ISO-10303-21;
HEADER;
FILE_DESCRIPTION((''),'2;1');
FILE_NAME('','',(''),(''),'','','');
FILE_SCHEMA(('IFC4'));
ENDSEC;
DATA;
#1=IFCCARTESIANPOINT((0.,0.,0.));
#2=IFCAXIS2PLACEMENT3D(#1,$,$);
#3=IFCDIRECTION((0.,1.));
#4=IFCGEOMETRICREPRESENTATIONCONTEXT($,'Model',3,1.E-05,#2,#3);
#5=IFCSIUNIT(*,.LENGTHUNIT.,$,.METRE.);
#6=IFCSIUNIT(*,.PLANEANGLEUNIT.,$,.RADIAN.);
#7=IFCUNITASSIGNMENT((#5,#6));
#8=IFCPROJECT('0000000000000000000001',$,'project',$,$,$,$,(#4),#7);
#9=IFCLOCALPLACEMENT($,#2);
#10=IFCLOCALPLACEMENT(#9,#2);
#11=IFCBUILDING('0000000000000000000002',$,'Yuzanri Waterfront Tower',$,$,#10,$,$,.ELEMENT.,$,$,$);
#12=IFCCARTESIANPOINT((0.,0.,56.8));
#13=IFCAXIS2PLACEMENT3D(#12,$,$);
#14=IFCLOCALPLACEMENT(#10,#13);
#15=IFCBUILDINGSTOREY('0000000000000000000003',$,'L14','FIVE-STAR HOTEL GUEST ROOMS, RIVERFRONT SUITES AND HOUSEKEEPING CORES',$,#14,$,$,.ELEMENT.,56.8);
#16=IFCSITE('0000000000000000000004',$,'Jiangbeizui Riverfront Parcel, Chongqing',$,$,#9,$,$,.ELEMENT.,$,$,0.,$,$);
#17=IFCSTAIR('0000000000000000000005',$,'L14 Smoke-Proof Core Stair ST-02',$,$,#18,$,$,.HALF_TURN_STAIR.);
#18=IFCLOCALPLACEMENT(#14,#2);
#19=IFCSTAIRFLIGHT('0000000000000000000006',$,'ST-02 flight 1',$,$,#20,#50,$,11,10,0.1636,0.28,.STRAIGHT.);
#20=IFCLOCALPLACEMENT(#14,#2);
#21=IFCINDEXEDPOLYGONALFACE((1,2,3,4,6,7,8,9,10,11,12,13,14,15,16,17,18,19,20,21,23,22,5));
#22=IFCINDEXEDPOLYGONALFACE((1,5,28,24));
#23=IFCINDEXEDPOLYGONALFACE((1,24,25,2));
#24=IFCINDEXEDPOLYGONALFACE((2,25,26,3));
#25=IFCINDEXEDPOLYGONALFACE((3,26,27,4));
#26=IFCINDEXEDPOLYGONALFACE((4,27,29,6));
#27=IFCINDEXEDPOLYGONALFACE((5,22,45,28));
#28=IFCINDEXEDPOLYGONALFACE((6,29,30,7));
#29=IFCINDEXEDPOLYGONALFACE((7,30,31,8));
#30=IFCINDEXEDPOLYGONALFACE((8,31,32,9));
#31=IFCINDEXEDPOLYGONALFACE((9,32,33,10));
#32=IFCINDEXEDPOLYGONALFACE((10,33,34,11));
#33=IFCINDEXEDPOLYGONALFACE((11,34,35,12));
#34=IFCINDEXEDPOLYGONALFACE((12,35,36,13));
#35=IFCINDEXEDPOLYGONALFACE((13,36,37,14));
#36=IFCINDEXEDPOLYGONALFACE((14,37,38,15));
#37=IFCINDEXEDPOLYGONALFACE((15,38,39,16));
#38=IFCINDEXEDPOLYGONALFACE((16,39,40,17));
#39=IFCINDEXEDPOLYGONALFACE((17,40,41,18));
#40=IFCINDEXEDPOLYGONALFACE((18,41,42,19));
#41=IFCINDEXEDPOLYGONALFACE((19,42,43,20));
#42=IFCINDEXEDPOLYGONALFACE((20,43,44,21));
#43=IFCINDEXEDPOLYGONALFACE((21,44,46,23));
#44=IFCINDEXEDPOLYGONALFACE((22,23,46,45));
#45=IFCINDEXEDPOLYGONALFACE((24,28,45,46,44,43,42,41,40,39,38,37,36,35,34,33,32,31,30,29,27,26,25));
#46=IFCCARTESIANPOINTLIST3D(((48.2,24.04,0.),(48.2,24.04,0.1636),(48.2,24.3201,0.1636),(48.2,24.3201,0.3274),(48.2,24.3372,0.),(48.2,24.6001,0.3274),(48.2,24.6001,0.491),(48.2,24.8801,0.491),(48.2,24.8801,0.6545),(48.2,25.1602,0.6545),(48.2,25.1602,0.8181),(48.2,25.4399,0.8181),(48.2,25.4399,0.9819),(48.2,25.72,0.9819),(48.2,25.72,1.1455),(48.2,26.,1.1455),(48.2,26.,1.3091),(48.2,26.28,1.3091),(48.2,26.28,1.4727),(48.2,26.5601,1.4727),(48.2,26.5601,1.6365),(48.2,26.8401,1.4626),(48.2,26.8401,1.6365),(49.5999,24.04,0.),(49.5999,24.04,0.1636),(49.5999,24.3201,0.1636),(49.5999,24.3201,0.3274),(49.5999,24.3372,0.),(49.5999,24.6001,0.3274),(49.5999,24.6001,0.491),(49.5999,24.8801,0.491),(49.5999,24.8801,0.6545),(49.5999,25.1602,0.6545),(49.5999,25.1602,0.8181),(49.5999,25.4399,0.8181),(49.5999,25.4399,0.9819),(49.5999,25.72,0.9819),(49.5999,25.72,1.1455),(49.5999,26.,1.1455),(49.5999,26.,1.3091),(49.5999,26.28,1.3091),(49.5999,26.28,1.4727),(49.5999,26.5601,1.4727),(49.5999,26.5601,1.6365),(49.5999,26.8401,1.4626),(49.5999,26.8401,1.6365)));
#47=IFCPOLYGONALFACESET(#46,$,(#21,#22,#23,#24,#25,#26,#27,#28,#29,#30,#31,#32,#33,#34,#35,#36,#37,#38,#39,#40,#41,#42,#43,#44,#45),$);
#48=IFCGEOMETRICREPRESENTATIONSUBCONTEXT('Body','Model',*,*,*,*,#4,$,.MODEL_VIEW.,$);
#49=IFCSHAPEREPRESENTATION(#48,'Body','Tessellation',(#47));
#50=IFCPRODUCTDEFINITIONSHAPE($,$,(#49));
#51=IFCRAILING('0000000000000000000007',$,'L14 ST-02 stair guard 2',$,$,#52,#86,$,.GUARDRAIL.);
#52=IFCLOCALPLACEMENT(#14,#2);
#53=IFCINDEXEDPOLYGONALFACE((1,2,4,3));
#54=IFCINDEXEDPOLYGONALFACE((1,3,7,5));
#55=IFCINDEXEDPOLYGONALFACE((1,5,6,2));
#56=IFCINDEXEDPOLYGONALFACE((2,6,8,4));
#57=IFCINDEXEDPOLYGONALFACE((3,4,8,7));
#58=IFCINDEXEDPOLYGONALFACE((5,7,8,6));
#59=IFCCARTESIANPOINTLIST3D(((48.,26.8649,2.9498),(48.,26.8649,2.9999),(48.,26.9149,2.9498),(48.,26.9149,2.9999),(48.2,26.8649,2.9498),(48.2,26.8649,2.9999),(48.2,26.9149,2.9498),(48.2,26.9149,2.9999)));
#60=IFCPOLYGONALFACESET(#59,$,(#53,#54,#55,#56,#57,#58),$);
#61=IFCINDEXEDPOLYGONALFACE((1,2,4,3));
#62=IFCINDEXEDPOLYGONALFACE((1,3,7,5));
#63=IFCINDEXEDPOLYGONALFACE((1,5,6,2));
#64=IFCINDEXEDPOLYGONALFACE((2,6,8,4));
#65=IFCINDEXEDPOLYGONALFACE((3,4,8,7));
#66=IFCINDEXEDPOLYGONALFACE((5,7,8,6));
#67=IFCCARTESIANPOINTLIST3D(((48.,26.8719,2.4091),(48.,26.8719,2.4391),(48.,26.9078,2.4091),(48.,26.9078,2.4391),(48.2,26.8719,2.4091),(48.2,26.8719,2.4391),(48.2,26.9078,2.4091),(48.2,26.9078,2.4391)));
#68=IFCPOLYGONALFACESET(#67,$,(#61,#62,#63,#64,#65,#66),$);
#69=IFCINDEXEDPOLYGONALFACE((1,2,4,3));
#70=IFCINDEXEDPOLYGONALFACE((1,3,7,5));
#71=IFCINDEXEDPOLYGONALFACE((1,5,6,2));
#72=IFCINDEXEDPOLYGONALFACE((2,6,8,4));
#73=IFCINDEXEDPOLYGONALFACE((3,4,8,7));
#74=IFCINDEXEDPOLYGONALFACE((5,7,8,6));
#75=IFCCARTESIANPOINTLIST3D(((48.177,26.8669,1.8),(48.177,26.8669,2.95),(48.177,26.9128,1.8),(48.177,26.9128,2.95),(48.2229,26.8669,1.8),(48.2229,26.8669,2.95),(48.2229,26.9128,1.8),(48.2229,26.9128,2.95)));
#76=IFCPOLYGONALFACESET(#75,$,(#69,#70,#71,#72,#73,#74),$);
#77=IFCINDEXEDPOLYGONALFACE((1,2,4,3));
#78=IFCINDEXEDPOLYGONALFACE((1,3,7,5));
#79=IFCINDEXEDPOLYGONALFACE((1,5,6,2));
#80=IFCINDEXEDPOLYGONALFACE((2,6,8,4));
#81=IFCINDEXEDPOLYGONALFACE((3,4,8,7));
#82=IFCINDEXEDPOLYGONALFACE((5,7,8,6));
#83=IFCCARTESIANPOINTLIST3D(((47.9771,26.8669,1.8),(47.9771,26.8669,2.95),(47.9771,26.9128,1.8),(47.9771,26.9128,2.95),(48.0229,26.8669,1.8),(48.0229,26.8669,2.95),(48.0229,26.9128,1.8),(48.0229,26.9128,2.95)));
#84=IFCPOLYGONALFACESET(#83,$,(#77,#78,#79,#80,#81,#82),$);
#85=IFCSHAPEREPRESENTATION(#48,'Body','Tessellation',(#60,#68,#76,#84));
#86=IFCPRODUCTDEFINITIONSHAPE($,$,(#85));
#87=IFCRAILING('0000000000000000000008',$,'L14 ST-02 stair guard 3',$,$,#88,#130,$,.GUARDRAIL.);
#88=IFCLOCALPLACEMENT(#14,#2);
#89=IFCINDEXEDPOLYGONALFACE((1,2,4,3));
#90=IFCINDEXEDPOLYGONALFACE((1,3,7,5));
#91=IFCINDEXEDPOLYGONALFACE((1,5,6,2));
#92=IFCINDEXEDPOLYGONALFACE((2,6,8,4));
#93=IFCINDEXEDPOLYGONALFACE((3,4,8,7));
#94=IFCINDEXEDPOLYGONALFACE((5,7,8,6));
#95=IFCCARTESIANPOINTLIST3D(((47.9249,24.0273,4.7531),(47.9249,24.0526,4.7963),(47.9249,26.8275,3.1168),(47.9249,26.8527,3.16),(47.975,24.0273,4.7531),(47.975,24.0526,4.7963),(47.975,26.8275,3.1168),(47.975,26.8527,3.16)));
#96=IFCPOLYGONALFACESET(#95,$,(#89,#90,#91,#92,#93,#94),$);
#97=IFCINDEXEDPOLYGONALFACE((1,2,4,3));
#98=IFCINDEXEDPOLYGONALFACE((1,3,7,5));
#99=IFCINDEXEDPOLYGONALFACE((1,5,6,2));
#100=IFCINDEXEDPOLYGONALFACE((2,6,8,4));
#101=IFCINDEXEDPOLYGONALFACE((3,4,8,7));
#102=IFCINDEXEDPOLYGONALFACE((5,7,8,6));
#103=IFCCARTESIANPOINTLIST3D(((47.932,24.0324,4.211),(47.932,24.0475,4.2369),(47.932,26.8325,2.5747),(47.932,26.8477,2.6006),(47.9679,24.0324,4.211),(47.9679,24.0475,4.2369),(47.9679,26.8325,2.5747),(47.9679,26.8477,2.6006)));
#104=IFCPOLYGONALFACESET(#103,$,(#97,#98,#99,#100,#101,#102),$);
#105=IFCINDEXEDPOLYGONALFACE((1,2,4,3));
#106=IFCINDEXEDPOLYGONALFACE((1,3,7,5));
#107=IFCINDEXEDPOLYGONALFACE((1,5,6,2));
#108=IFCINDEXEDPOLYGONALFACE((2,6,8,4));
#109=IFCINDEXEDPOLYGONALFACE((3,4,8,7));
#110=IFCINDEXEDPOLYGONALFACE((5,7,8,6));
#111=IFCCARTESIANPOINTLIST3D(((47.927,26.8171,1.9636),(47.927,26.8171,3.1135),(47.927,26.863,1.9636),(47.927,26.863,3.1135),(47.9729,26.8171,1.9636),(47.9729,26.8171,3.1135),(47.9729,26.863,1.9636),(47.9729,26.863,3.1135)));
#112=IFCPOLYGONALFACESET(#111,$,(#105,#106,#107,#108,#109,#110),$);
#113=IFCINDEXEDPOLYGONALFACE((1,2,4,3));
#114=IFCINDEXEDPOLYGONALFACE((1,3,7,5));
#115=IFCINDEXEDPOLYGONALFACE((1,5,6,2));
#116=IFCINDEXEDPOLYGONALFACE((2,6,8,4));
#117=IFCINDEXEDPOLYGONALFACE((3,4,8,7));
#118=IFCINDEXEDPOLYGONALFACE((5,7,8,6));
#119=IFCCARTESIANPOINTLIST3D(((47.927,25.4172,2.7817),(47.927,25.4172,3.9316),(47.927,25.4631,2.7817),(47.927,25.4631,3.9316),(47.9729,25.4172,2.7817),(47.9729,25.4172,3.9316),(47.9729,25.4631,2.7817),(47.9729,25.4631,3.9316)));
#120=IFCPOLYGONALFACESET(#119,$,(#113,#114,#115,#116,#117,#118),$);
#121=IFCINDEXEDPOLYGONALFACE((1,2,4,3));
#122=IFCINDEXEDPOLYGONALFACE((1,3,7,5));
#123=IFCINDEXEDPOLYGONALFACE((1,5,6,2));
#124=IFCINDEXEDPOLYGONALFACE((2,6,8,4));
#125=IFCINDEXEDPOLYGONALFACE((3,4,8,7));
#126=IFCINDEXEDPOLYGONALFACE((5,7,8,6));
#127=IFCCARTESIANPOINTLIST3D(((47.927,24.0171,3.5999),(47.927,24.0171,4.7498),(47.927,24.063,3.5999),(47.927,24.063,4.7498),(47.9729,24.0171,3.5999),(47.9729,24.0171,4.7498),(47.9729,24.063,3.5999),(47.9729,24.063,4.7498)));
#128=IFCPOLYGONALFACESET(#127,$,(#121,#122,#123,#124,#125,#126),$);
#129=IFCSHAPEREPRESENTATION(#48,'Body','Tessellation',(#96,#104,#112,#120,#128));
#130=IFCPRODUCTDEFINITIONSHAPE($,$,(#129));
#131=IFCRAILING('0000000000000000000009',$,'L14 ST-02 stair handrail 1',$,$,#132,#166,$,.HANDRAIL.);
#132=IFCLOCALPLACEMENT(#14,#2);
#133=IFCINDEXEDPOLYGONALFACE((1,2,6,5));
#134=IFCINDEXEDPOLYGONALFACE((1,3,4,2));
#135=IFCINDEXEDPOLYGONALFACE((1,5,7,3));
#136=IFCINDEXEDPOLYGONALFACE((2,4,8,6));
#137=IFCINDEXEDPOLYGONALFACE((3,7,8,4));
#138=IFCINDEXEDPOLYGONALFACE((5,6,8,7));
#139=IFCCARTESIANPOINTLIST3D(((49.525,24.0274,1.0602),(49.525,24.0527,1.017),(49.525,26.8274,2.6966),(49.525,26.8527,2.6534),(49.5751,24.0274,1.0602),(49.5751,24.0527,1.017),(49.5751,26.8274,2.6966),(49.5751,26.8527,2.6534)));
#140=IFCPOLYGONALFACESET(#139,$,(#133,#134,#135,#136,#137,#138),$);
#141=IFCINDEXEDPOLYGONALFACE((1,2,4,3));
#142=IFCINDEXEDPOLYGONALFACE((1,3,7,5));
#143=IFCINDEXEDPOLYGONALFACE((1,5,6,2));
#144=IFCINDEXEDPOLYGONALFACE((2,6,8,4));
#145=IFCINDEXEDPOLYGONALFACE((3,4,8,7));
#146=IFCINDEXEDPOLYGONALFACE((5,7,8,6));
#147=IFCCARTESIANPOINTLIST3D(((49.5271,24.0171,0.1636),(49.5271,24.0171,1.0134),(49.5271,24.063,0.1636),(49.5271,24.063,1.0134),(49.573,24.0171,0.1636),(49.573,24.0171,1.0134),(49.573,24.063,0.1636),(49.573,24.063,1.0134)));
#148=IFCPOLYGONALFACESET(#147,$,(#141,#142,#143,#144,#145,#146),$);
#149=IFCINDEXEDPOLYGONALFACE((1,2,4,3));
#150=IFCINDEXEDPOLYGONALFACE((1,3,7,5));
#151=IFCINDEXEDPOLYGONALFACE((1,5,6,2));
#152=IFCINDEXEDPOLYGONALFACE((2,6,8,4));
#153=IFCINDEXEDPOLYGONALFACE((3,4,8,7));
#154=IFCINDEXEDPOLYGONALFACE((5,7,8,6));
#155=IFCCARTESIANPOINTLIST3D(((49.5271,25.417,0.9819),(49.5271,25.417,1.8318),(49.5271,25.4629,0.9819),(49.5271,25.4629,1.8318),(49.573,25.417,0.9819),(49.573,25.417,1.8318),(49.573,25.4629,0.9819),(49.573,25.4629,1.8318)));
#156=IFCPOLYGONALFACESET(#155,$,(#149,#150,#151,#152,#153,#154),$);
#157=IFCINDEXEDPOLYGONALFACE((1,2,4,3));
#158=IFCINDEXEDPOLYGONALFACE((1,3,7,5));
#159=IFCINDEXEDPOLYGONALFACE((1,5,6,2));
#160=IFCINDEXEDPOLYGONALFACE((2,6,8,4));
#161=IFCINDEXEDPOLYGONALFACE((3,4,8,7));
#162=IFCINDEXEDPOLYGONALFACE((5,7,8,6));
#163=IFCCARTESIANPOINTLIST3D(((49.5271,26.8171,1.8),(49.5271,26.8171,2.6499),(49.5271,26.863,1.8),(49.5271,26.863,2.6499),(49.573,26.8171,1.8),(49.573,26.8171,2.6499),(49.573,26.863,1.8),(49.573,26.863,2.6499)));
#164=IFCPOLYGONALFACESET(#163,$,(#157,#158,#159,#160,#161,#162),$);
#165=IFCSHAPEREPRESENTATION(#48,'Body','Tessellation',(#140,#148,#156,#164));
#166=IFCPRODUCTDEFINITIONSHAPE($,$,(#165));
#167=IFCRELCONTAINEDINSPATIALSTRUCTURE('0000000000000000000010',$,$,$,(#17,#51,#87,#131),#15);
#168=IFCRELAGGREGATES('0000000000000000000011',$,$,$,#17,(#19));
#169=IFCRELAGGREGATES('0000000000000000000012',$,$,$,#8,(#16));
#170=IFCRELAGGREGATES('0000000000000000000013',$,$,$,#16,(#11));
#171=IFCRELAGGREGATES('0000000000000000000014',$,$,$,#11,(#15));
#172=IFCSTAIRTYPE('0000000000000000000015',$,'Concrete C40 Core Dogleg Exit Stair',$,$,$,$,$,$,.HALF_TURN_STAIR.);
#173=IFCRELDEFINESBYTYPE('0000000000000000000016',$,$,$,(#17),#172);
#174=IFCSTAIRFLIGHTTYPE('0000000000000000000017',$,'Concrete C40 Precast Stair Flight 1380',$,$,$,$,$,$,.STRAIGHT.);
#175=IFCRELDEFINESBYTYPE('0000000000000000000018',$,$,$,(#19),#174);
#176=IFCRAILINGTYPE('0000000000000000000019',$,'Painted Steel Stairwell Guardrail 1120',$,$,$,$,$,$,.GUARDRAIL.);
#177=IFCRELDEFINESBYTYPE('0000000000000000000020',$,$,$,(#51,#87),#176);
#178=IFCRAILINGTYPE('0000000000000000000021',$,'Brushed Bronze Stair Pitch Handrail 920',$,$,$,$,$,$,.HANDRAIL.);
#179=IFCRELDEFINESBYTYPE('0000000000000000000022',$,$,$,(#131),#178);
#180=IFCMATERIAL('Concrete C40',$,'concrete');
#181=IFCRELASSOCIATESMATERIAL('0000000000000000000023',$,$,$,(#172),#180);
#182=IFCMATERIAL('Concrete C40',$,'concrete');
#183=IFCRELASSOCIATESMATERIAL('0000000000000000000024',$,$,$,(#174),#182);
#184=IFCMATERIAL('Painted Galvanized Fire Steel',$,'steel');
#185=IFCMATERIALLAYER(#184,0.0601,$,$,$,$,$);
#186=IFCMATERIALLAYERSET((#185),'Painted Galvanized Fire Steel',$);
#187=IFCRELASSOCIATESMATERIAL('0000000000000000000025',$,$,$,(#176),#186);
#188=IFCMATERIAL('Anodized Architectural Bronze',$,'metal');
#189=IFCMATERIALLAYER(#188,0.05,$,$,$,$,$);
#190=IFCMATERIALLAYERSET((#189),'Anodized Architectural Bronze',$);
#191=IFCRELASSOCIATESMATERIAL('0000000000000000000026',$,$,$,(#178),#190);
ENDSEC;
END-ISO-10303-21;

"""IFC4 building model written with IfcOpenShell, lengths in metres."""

from ifc_helpers import new_model, si_unit, direction, frame, origin, origin_2d, place, context, subcontext, project, spatial, polyline, rectangle, outline, extrude, source, transform, mapped, material, layer, layer_set, type_object, element, aggregate, save


model = new_model("IFC4")

# Units and contexts
model_context = context("Model", 3, precision=1e-05, world=origin(), true_north=direction((0.0, 1.0)))
body_context = subcontext(model_context, "Body", "Model", "MODEL_VIEW")
ifc_project = project(units=[si_unit("LENGTHUNIT", "METRE"), si_unit("PLANEANGLEUNIT", "RADIAN")], contexts=[model_context])

# Site, building, storey
site_placement = place(None, origin())
site = spatial("IfcSite", under=ifc_project, at=site_placement, Name="Jiangbeizui Riverfront Parcel, Chongqing", CompositionType="ELEMENT", RefElevation=0.0)
building_placement = place(site_placement, origin())
building = spatial("IfcBuilding", under=site, at=building_placement, Name="Yuzanri Waterfront Tower", CompositionType="ELEMENT")
storey_placement = place(building_placement, frame((0.0, 0.0, 56.8)))
storey = spatial("IfcBuildingStorey", under=building, at=storey_placement, Name="L14", Description="FIVE-STAR HOTEL GUEST ROOMS, RIVERFRONT SUITES AND HOUSEKEEPING CORES", CompositionType="ELEMENT", Elevation=56.8)

# Stair, stair flight
ifc_material_1 = material(Name="Concrete C40", Category="concrete")
stair_type = type_object("IfcStairType", Name="Concrete C40 Core Dogleg Exit Stair", PredefinedType="HALF_TURN_STAIR", material=ifc_material_1)
stair_placement = place(storey_placement, origin())
stair = element("IfcStair", 1, at=stair_placement, inside=storey, type_object=stair_type, Name="L14 Smoke-Proof Core Stair ST-02", PredefinedType="HALF_TURN_STAIR")
ifc_material_2 = material(Name="Concrete C40", Category="concrete")
stair_flight_type = type_object("IfcStairFlightType", Name="Concrete C40 Precast Stair Flight 1380", PredefinedType="STRAIGHT", material=ifc_material_2)
shared_shape_1 = source(origin(), body_context, "Body", "SweptSolid", [
    extrude(outline(polyline([(0.0, 0.0), (0.0, 0.1636), (0.28, 0.1636), (0.28, 0.3274), (0.5601, 0.3274), (0.5601, 0.491), (0.8401, 0.491), (0.8401, 0.6545), (1.1201, 0.6545), (1.1201, 0.8181), (1.3999, 0.8181), (1.3999, 0.9819), (1.6799, 0.9819), (1.6799, 1.1455), (1.96, 1.1455), (1.96, 1.3091), (2.24, 1.3091), (2.24, 1.4727), (2.52, 1.4727), (2.52, 1.6365), (2.8, 1.6365), (2.8, 1.8), (2.8, 1.4626), (0.2971, 0.0), (0.0, 0.0)])), frame((0.0, 0.7, 0.0), z_axis=(0.0, -1.0, 0.0), x_axis=(1.0, 0.0, 0.0)), (0.0, 0.0, 1.0), 1.3999),
])
stair_flight_placement = place(storey_placement, frame((48.8999, 24.04, 0.0), z_axis=(0.0, 0.0, 1.0), x_axis=(0.0, 1.0, 0.0)))
stair_flight = element("IfcStairFlight", 2, at=stair_flight_placement, type_object=stair_flight_type, Name="ST-02 flight 1", NumberOfRisers=11, NumberOfTreads=10, PredefinedType="STRAIGHT", RiserHeight=0.1636, TreadLength=0.28, context=body_context, shape_type="MappedRepresentation", body=[
    mapped(shared_shape_1, transform((0.0, 0.0, 0.0), scale=1.0)),
])
aggregate(stair, [stair_flight])

# Railings
ifc_material_3 = material(Name="Painted Galvanized Fire Steel", Category="steel")
ifc_layer_1 = layer(ifc_material_3, 0.0601)
ifc_layer_set_1 = layer_set([ifc_layer_1], Name="Painted Galvanized Fire Steel")
railing_type_1 = type_object("IfcRailingType", Name="Painted Steel Stairwell Guardrail 1120", PredefinedType="GUARDRAIL", material=ifc_layer_set_1)
shared_shape_2 = source(origin(), body_context, "Body", "SweptSolid", [
    extrude(rectangle(XDim=0.05, YDim=0.05, at=origin_2d()), frame((0.0, 0.0, 1.1748), z_axis=(-1.0, 0.0, 0.0), x_axis=(0.0, -1.0, 0.0)), (0.0, 0.0, 1.0), 0.2),
    extrude(rectangle(XDim=0.0359, YDim=0.03, at=origin_2d()), frame((0.0, 0.0, 0.624), z_axis=(-1.0, 0.0, 0.0), x_axis=(0.0, -1.0, 0.0)), (0.0, 0.0, 1.0), 0.2),
    extrude(rectangle(XDim=0.0459, YDim=0.0459, at=origin_2d()), origin(), (0.0, 0.0, 1.0), 1.1499),
    extrude(rectangle(XDim=0.0459, YDim=0.0459, at=origin_2d()), frame((-0.2, 0.0, 0.0)), (0.0, 0.0, 1.0), 1.1499),
])
railing_1_placement = place(storey_placement, frame((48.2, 26.8899, 1.8)))
element("IfcRailing", 3, at=railing_1_placement, inside=storey, type_object=railing_type_1, Name="L14 ST-02 stair guard 2", PredefinedType="GUARDRAIL", context=body_context, shape_type="MappedRepresentation", body=[
    mapped(shared_shape_2, transform((0.0, 0.0, 0.0), scale=1.0)),
])
shared_shape_3 = source(origin(), body_context, "Body", "SweptSolid", [
    extrude(rectangle(XDim=0.05, YDim=0.05, at=origin_2d()), frame((0.0, 0.0, 1.1748), z_axis=(0.0, -0.863394, 0.504531), x_axis=(1.0, 0.0, 0.0)), (0.0, 0.0, 1.0), 3.2432),
    extrude(rectangle(XDim=0.0359, YDim=0.03, at=origin_2d()), frame((0.0, 0.0, 0.624), z_axis=(0.0, -0.863394, 0.504531), x_axis=(1.0, 0.0, 0.0)), (0.0, 0.0, 1.0), 3.2432),
    extrude(rectangle(XDim=0.0459, YDim=0.0459, at=origin_2d()), origin(), (0.0, 0.0, 1.0), 1.1499),
    extrude(rectangle(XDim=0.0459, YDim=0.0459, at=origin_2d()), frame((0.0, -1.3999, 0.8181)), (0.0, 0.0, 1.0), 1.1499),
    extrude(rectangle(XDim=0.0459, YDim=0.0459, at=origin_2d()), frame((0.0, -2.8, 1.6362)), (0.0, 0.0, 1.0), 1.1499),
])
railing_2_placement = place(storey_placement, frame((47.95, 26.8401, 1.9636)))
element("IfcRailing", 4, at=railing_2_placement, inside=storey, type_object=railing_type_1, Name="L14 ST-02 stair guard 3", PredefinedType="GUARDRAIL", context=body_context, shape_type="MappedRepresentation", body=[
    mapped(shared_shape_3, transform((0.0, 0.0, 0.0), scale=1.0)),
])
ifc_material_4 = material(Name="Anodized Architectural Bronze", Category="metal")
ifc_layer_2 = layer(ifc_material_4, 0.05)
ifc_layer_set_2 = layer_set([ifc_layer_2], Name="Anodized Architectural Bronze")
railing_type_2 = type_object("IfcRailingType", Name="Brushed Bronze Stair Pitch Handrail 920", PredefinedType="HANDRAIL", material=ifc_layer_set_2)
shared_shape_4 = source(origin(), body_context, "Body", "SweptSolid", [
    extrude(rectangle(XDim=0.05, YDim=0.05, at=origin_2d()), frame((0.0, 0.0, 0.875), z_axis=(0.0, 0.863361, 0.504587), x_axis=(-1.0, 0.0, 0.0)), (0.0, 0.0, 1.0), 3.2432),
    extrude(rectangle(XDim=0.0459, YDim=0.0459, at=origin_2d()), origin(), (0.0, 0.0, 1.0), 0.8499),
    extrude(rectangle(XDim=0.0459, YDim=0.0459, at=origin_2d()), frame((0.0, 1.3999, 0.8184)), (0.0, 0.0, 1.0), 0.8499),
    extrude(rectangle(XDim=0.0459, YDim=0.0459, at=origin_2d()), frame((0.0, 2.8, 1.6365)), (0.0, 0.0, 1.0), 0.8499),
])
railing_3_placement = place(storey_placement, frame((49.55, 24.04, 0.1636)))
element("IfcRailing", 5, at=railing_3_placement, inside=storey, type_object=railing_type_2, Name="L14 ST-02 stair handrail 1", PredefinedType="HANDRAIL", context=body_context, shape_type="MappedRepresentation", body=[
    mapped(shared_shape_4, transform((0.0, 0.0, 0.0), scale=1.0)),
])

save(model, "model.ifc")
